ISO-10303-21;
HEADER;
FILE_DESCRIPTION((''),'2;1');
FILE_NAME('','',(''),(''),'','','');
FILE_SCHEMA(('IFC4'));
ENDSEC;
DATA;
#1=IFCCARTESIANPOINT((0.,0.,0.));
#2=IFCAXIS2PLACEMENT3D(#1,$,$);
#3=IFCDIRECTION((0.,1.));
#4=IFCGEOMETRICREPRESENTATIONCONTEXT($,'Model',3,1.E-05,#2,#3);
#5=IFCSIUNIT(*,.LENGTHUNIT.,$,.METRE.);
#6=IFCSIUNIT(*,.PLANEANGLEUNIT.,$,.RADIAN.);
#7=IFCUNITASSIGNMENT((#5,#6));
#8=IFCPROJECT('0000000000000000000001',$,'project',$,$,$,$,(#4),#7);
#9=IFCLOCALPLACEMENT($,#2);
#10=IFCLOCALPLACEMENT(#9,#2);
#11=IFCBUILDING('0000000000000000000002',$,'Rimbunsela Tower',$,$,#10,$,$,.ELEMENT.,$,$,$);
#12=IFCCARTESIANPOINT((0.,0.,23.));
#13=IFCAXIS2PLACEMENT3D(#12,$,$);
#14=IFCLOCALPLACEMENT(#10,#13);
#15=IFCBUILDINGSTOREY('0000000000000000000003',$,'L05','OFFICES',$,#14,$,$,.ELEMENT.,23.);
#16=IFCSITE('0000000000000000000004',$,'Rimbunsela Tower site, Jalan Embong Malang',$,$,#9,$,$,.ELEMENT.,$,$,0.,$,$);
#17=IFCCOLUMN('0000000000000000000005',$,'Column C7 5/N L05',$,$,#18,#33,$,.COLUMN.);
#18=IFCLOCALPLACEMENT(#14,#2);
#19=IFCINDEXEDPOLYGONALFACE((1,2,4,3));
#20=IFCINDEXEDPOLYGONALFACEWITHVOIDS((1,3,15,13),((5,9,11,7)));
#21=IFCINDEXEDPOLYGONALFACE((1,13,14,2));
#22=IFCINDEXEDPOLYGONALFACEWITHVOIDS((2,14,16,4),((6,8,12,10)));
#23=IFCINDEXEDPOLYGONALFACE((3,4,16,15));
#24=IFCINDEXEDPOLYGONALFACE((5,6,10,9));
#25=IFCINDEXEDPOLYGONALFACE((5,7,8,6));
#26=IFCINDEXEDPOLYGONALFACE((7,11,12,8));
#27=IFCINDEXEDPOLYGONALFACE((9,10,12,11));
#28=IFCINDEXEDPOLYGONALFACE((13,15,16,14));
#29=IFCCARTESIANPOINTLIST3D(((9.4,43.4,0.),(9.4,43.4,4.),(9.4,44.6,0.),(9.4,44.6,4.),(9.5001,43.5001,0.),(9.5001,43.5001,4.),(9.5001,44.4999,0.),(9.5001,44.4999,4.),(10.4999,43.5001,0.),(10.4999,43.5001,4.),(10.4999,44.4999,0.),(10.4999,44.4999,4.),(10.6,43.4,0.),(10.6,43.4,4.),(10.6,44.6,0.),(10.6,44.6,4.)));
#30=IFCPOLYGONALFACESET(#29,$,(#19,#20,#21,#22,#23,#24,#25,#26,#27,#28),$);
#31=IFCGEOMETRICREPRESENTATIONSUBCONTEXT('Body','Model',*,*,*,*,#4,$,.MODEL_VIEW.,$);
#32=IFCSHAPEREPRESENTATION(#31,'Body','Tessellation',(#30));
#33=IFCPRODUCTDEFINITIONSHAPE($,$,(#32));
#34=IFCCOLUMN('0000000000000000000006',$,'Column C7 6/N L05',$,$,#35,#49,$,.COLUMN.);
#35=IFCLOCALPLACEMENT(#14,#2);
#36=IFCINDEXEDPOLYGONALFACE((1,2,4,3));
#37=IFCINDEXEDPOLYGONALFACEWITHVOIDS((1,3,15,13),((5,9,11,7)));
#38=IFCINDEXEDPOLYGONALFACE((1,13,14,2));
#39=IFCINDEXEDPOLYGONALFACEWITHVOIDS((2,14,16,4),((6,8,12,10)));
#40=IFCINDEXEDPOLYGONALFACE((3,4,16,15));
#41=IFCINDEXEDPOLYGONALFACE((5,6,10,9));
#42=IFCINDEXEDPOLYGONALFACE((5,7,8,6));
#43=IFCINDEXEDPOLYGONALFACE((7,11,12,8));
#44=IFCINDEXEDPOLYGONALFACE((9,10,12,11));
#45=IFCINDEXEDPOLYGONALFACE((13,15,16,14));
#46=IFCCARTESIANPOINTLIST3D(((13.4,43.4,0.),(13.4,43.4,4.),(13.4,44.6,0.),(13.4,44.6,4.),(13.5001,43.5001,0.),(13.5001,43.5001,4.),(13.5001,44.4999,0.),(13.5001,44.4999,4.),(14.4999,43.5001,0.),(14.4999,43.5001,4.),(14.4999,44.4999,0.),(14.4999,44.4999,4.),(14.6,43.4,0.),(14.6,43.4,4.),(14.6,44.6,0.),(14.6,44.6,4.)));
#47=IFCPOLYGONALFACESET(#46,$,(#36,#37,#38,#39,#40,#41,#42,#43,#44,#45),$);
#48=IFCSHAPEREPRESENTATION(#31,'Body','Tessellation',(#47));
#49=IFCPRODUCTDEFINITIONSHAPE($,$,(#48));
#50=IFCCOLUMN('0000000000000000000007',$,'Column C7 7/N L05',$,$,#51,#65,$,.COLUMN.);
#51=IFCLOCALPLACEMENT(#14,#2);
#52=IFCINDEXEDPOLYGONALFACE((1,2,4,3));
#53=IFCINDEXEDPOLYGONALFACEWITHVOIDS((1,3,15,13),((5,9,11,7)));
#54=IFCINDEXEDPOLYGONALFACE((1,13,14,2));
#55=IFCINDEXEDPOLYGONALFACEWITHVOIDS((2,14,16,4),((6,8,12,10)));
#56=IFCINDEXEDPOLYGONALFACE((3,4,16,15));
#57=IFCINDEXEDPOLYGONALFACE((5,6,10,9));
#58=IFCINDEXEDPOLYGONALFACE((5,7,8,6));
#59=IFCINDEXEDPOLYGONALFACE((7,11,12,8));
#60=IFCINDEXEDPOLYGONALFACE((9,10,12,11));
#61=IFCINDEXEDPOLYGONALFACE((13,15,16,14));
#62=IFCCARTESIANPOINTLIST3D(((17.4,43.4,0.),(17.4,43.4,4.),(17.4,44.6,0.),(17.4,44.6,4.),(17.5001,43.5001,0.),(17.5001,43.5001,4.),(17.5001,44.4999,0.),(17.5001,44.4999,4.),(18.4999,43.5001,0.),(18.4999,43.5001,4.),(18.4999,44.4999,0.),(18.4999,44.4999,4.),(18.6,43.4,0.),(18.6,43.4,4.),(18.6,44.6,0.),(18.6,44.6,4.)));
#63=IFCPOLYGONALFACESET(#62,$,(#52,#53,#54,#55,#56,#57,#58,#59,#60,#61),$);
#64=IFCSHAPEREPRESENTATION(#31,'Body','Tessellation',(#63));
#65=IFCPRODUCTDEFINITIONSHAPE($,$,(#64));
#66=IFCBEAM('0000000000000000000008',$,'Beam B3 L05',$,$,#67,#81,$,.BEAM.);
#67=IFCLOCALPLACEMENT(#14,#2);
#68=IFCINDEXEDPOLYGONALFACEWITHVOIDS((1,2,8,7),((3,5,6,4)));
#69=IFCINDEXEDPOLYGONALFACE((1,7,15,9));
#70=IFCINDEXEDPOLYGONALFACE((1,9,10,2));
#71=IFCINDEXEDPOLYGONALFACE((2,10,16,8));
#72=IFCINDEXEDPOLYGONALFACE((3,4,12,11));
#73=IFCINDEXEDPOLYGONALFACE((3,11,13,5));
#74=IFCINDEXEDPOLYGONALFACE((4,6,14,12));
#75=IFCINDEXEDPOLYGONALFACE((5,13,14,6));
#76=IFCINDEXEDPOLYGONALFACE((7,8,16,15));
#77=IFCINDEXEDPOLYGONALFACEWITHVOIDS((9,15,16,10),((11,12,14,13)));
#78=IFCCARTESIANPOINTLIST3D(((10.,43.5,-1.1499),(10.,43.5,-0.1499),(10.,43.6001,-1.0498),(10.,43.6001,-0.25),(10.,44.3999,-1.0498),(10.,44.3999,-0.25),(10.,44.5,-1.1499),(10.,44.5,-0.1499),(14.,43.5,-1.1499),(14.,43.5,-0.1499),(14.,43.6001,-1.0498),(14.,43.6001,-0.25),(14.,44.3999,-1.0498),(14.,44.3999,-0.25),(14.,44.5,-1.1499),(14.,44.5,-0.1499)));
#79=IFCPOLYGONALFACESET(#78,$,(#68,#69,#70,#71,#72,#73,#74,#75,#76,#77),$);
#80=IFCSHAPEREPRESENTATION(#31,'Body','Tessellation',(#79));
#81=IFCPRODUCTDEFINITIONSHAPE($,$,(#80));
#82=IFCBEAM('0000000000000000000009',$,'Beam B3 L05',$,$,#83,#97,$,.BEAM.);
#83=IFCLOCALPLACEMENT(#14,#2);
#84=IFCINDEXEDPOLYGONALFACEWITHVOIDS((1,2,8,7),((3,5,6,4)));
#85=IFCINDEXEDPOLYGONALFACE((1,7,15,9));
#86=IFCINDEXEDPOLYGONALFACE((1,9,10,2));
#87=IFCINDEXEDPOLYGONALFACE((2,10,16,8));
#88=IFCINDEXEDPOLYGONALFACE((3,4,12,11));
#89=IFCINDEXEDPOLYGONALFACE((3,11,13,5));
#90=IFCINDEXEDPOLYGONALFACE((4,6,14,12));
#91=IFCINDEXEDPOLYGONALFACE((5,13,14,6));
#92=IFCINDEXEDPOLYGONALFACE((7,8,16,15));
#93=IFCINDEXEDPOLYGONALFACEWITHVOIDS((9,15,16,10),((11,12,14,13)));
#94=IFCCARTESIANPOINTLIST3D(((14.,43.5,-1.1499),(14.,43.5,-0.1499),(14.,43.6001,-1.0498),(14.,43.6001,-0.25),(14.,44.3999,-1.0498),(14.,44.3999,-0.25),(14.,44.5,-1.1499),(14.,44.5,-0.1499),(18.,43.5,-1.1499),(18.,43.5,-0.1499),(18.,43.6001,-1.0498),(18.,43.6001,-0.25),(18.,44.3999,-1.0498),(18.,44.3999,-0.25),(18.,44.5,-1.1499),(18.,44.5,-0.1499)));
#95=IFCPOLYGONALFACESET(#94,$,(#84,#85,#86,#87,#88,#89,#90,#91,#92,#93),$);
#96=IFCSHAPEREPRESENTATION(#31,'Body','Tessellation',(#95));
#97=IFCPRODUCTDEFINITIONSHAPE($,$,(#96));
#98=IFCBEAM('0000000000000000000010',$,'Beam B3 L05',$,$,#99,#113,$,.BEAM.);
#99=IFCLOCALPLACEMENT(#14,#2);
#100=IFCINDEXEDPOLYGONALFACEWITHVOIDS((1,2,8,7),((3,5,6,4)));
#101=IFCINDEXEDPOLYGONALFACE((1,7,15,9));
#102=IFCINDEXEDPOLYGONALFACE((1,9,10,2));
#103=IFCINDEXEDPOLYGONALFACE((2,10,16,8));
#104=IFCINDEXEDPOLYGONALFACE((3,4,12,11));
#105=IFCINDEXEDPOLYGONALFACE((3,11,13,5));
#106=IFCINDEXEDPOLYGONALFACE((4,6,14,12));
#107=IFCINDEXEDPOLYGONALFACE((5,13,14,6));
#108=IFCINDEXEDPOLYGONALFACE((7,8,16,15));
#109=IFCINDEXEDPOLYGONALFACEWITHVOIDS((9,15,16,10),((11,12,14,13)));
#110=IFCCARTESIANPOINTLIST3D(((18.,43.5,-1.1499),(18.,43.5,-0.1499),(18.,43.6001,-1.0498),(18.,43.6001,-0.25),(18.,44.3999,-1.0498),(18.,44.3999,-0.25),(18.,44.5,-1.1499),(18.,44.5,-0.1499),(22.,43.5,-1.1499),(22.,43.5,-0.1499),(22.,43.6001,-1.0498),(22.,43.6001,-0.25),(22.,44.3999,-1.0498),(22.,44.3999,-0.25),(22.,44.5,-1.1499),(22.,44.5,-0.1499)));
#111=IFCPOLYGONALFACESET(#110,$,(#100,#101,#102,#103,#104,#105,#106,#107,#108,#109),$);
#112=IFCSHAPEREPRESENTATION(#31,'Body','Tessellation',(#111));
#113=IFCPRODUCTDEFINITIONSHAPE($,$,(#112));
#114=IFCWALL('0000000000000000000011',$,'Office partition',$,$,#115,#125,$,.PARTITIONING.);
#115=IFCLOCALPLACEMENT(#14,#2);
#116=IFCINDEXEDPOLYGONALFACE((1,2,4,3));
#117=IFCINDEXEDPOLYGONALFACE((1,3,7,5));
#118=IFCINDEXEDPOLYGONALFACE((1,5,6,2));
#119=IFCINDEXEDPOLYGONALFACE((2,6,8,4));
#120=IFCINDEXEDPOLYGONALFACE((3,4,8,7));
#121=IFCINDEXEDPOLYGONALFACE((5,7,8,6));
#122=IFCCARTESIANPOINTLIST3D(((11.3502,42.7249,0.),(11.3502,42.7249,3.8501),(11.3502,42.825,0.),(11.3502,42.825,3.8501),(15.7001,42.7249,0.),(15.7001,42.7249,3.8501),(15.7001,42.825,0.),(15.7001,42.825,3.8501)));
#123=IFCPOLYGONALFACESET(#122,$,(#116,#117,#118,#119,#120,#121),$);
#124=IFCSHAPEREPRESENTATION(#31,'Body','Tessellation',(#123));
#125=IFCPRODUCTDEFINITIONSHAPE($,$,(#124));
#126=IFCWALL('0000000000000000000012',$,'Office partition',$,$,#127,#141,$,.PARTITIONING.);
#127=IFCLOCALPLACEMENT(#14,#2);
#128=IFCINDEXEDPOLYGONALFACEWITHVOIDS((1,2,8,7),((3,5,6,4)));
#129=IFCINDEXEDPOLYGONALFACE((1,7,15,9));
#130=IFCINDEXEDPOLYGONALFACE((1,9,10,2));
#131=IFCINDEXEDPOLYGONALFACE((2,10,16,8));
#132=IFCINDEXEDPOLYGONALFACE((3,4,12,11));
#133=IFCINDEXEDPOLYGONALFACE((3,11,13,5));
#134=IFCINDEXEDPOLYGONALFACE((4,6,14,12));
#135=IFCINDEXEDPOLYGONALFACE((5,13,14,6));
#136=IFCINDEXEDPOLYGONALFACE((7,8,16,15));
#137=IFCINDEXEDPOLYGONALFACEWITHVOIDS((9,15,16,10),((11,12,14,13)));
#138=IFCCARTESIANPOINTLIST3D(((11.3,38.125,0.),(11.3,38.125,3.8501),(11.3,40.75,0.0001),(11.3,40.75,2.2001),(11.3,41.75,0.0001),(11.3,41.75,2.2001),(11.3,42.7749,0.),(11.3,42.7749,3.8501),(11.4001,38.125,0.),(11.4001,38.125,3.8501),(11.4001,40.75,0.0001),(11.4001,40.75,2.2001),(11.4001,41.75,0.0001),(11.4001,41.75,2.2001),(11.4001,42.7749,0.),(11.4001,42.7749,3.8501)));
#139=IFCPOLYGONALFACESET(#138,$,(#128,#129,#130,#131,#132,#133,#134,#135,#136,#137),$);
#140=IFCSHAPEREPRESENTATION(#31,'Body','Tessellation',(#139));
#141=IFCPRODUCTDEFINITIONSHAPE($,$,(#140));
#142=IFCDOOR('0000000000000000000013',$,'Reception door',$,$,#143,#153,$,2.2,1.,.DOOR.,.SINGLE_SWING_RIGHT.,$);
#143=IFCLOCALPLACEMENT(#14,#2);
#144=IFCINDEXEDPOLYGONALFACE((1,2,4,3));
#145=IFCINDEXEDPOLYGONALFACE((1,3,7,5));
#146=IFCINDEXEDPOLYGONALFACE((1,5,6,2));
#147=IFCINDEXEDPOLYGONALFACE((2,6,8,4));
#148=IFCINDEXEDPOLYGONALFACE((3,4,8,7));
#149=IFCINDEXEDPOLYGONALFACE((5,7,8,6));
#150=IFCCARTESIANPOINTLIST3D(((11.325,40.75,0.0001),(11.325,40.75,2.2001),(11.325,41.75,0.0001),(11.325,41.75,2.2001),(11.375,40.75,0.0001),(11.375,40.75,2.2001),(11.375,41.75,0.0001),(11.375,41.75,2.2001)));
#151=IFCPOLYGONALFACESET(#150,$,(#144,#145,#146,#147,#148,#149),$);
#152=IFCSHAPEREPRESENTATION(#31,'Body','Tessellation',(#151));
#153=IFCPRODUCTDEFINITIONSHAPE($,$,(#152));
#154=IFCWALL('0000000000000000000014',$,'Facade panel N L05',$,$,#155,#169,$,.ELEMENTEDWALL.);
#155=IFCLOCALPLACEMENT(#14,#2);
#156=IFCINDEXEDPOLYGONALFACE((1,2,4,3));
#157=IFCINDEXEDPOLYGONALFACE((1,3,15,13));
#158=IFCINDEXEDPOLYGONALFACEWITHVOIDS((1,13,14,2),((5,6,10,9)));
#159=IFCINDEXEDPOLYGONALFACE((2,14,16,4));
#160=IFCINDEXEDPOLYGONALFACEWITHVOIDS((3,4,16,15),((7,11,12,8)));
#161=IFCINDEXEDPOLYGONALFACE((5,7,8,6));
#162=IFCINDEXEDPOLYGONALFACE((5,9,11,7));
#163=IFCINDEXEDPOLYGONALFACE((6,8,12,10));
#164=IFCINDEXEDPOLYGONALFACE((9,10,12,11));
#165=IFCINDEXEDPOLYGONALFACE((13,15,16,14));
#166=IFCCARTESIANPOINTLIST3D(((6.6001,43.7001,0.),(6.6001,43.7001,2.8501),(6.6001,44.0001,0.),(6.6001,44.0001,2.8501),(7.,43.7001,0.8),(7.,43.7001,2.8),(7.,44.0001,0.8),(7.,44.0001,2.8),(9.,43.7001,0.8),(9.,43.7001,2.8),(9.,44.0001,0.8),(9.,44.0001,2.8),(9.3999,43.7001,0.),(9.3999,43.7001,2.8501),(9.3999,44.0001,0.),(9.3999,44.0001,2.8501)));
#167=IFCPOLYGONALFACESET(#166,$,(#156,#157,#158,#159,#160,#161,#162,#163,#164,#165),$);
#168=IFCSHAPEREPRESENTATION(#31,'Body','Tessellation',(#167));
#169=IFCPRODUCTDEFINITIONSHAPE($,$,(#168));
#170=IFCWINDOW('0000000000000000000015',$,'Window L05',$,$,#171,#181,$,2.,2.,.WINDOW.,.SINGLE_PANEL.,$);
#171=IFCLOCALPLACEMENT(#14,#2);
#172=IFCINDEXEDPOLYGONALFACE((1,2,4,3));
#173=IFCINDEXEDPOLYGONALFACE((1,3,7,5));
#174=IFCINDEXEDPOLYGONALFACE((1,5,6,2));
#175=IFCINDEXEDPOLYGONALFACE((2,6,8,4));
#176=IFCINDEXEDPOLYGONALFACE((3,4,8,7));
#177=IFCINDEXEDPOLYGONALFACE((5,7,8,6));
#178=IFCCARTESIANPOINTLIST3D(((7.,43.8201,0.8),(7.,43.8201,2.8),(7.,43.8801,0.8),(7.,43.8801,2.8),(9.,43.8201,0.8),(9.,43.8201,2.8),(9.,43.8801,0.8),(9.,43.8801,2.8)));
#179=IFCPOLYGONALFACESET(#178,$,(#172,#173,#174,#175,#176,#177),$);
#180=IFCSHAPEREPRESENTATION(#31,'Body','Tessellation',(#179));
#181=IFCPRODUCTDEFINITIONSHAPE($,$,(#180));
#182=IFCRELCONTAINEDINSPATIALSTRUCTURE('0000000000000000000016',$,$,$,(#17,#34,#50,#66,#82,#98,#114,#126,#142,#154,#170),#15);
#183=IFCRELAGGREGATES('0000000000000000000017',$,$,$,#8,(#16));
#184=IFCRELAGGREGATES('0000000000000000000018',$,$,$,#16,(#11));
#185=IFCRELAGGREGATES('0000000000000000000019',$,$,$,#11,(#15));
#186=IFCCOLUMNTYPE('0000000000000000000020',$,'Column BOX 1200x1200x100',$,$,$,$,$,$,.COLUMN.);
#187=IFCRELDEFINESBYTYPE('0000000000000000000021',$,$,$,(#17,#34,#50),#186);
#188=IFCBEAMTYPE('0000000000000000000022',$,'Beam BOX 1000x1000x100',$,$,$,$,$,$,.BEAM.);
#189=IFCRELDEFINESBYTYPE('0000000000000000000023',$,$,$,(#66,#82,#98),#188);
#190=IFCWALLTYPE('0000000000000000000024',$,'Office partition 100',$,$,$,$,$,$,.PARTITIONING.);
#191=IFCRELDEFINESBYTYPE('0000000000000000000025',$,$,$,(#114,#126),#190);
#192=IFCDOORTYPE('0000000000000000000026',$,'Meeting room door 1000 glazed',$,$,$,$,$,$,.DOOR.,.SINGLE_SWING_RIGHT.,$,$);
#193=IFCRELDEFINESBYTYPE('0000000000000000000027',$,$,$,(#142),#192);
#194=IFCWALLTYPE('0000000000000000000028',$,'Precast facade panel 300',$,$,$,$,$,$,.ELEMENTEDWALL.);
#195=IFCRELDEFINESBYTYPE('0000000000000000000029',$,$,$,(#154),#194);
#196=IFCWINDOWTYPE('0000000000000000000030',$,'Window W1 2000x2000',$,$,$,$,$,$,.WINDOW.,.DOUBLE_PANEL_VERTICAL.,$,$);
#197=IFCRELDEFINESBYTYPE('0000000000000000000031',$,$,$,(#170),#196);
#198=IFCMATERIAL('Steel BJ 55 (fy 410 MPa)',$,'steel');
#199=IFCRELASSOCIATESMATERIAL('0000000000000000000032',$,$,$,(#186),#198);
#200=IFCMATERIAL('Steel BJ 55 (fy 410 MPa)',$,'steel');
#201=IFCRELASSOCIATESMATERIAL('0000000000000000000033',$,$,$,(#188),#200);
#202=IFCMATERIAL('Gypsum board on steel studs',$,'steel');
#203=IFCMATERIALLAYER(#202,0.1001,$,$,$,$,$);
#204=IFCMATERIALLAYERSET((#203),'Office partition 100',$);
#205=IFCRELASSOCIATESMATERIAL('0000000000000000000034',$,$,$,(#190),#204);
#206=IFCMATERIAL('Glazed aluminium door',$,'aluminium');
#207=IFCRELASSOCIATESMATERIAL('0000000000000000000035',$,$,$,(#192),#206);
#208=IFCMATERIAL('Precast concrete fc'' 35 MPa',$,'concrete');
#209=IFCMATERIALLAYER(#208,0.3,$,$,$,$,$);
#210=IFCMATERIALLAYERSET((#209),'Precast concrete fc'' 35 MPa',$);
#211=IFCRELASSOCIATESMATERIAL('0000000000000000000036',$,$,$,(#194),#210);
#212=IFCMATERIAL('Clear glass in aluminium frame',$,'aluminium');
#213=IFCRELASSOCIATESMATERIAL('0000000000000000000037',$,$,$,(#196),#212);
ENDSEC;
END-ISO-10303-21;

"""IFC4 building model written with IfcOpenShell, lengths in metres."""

from ifc_helpers import new_model, si_unit, direction, frame, frame_2d, origin, origin_2d, place, context, subcontext, project, spatial, rectangle, hollow_rectangle, extrude, material, layer, layer_set, material_profile, profile_set, type_object, element, fill, save


model = new_model("IFC4")

# Units and contexts
model_context = context("Model", 3, precision=1e-05, world=origin(), true_north=direction((0.0, 1.0)))
body_context = subcontext(model_context, "Body", "Model", "MODEL_VIEW")
ifc_project = project(units=[si_unit("LENGTHUNIT", "METRE"), si_unit("PLANEANGLEUNIT", "RADIAN")], contexts=[model_context])

# Site, building, storey
site_placement = place(None, origin())
site = spatial("IfcSite", under=ifc_project, at=site_placement, Name="Rimbunsela Tower site, Jalan Embong Malang", CompositionType="ELEMENT", RefElevation=0.0)
building_placement = place(site_placement, origin())
building = spatial("IfcBuilding", under=site, at=building_placement, Name="Rimbunsela Tower", CompositionType="ELEMENT")
storey_placement = place(building_placement, frame((0.0, 0.0, 23.0)))
storey = spatial("IfcBuildingStorey", under=building, at=storey_placement, Name="L05", Description="OFFICES", CompositionType="ELEMENT", Elevation=23.0)

# Columns
ifc_material_1 = material(Name="Steel BJ 55 (fy 410 MPa)", Category="steel")
ifc_material_profile_1 = material_profile(ifc_material_1, hollow_rectangle(XDim=1.2, YDim=1.2, WallThickness=0.1001, at=origin_2d()), Name="BOX 1200x1200x100")
ifc_profile_set_1 = profile_set([ifc_material_profile_1], Name="Steel BJ 55 (fy 410 MPa)")
column_type = type_object("IfcColumnType", Name="Column BOX 1200x1200x100", PredefinedType="COLUMN", material=ifc_profile_set_1)
for number, where, z_axis, x_axis, name in (
    (1, (10.0, 44.0, 0.0), (0.0, 0.0, 1.0), (1.0, 0.0, 0.0), "Column C7 5/N L05"),
    (2, (14.0, 44.0, 0.0), (0.0, 0.0, 1.0), (1.0, 0.0, 0.0), "Column C7 6/N L05"),
    (3, (18.0, 44.0, 0.0), (0.0, 0.0, 1.0), (1.0, 0.0, 0.0), "Column C7 7/N L05"),
):
    element("IfcColumn", number, at=place(storey_placement, frame(where, z_axis=z_axis, x_axis=x_axis)), inside=storey, type_object=column_type, Name=name, PredefinedType="COLUMN", context=body_context, shape_type="SweptSolid", body=[
        extrude(hollow_rectangle(XDim=1.2, YDim=1.2, WallThickness=0.1001, at=origin_2d()), origin(), (0.0, 0.0, 1.0), 4.0),
    ])

# Beams
ifc_material_2 = material(Name="Steel BJ 55 (fy 410 MPa)", Category="steel")
ifc_material_profile_2 = material_profile(ifc_material_2, hollow_rectangle(XDim=1.0, YDim=1.0, WallThickness=0.1001, at=origin_2d()), Name="BOX 1000x1000x100")
ifc_profile_set_2 = profile_set([ifc_material_profile_2], Name="Steel BJ 55 (fy 410 MPa)")
beam_type = type_object("IfcBeamType", Name="Beam BOX 1000x1000x100", PredefinedType="BEAM", material=ifc_profile_set_2)
for number, where, z_axis, x_axis, name in (
    (4, (10.0, 44.0, -0.6499), (1.0, 0.0, 0.0), (0.0, 1.0, 0.0), "Beam B3 L05"),
    (5, (14.0, 44.0, -0.6499), (1.0, 0.0, 0.0), (0.0, 1.0, 0.0), "Beam B3 L05"),
    (6, (18.0, 44.0, -0.6499), (1.0, 0.0, 0.0), (0.0, 1.0, 0.0), "Beam B3 L05"),
):
    element("IfcBeam", number, at=place(storey_placement, frame(where, z_axis=z_axis, x_axis=x_axis)), inside=storey, type_object=beam_type, Name=name, PredefinedType="BEAM", context=body_context, shape_type="SweptSolid", body=[
        extrude(hollow_rectangle(XDim=1.0, YDim=1.0, WallThickness=0.1001, at=origin_2d()), origin(), (0.0, 0.0, 1.0), 4.0),
    ])

# Wall
ifc_material_3 = material(Name="Gypsum board on steel studs", Category="steel")
ifc_layer_1 = layer(ifc_material_3, 0.1001)
ifc_layer_set_1 = layer_set([ifc_layer_1], Name="Office partition 100")
wall_type_1 = type_object("IfcWallType", Name="Office partition 100", PredefinedType="PARTITIONING", material=ifc_layer_set_1)
wall_1_placement = place(storey_placement, frame((15.7, 42.7749, 0.0), z_axis=(0.0, 0.0, 1.0), x_axis=(-1.0, 0.0, 0.0)))
element("IfcWall", 7, at=wall_1_placement, inside=storey, type_object=wall_type_1, Name="Office partition", PredefinedType="PARTITIONING", context=body_context, shape_type="SweptSolid", body=[
    extrude(rectangle(XDim=4.3499, YDim=0.1001, at=frame_2d((2.1748, 0.0))), origin(), (0.0, 0.0, 1.0), 3.8501),
])

# Wall, opening, door
wall_2_placement = place(storey_placement, frame((11.3501, 42.7749, 0.0), z_axis=(0.0, 0.0, 1.0), x_axis=(0.0, -1.0, 0.0)))
wall_2 = element("IfcWall", 8, at=wall_2_placement, inside=storey, type_object=wall_type_1, Name="Office partition", PredefinedType="PARTITIONING", context=body_context, shape_type="SweptSolid", body=[
    extrude(rectangle(XDim=4.6499, YDim=0.1001, at=frame_2d((2.325, 0.0))), origin(), (0.0, 0.0, 1.0), 3.8501),
])
opening_1_placement = place(wall_2_placement, frame((1.0249, 0.0, 0.0)))
opening_1 = element("IfcOpeningElement", 9, at=opening_1_placement, cuts=wall_2, PredefinedType="OPENING", context=body_context, shape_type="SweptSolid", body=[
    extrude(rectangle(XDim=1.0, YDim=2.2, at=frame_2d((0.5, 1.1001))), frame((0.0, 0.0601, 0.0), z_axis=(0.0, -1.0, 0.0), x_axis=(1.0, 0.0, 0.0)), (0.0, 0.0, 1.0), 0.1201),
])
ifc_material_4 = material(Name="Glazed aluminium door", Category="aluminium")
door_type = type_object("IfcDoorType", Name="Meeting room door 1000 glazed", OperationType="SINGLE_SWING_RIGHT", PredefinedType="DOOR", material=ifc_material_4)
door_placement = place(opening_1_placement, origin())
door = element("IfcDoor", 10, at=door_placement, inside=storey, type_object=door_type, Name="Reception door", OperationType="SINGLE_SWING_RIGHT", OverallHeight=2.2, OverallWidth=1.0, PredefinedType="DOOR", context=body_context, shape_type="SweptSolid", body=[
    extrude(rectangle(XDim=1.0, YDim=2.2, at=frame_2d((0.5, 1.1001))), frame((0.0, 0.0249, 0.0), z_axis=(0.0, -1.0, 0.0), x_axis=(1.0, 0.0, 0.0)), (0.0, 0.0, 1.0), 0.05),
])
fill(opening_1, door)

# Wall, opening, window
ifc_material_5 = material(Name="Precast concrete fc' 35 MPa", Category="concrete")
ifc_layer_2 = layer(ifc_material_5, 0.3)
ifc_layer_set_2 = layer_set([ifc_layer_2], Name="Precast concrete fc' 35 MPa")
wall_type_2 = type_object("IfcWallType", Name="Precast facade panel 300", PredefinedType="ELEMENTEDWALL", material=ifc_layer_set_2)
wall_3_placement = place(storey_placement, frame((9.3999, 43.8501, 0.0), z_axis=(0.0, 0.0, 1.0), x_axis=(-1.0, 0.0, 0.0)))
wall_3 = element("IfcWall", 11, at=wall_3_placement, inside=storey, type_object=wall_type_2, Name="Facade panel N L05", PredefinedType="ELEMENTEDWALL", context=body_context, shape_type="SweptSolid", body=[
    extrude(rectangle(XDim=2.7998, YDim=0.3, at=frame_2d((1.3999, 0.0))), origin(), (0.0, 0.0, 1.0), 2.8501),
])
opening_2_placement = place(wall_3_placement, frame((0.3999, 0.0, 0.8)))
opening_2 = element("IfcOpeningElement", 12, at=opening_2_placement, cuts=wall_3, PredefinedType="OPENING", context=body_context, shape_type="SweptSolid", body=[
    extrude(rectangle(XDim=2.0, YDim=2.0, at=frame_2d((1.0, 1.0))), frame((0.0, 0.1599, 0.0), z_axis=(0.0, -1.0, 0.0), x_axis=(1.0, 0.0, 0.0)), (0.0, 0.0, 1.0), 0.3201),
])
ifc_material_6 = material(Name="Clear glass in aluminium frame", Category="aluminium")
window_type = type_object("IfcWindowType", Name="Window W1 2000x2000", PartitioningType="DOUBLE_PANEL_VERTICAL", PredefinedType="WINDOW", material=ifc_material_6)
window_1_placement = place(opening_2_placement, origin())
window_1 = element("IfcWindow", 13, at=window_1_placement, inside=storey, type_object=window_type, Name="Window L05", OverallHeight=2.0, OverallWidth=2.0, PartitioningType="SINGLE_PANEL", PredefinedType="WINDOW", context=body_context, shape_type="SweptSolid", body=[
    extrude(rectangle(XDim=2.0, YDim=2.0, at=frame_2d((1.0, 1.0))), frame((0.0, 0.03, 0.0), z_axis=(0.0, -1.0, 0.0), x_axis=(1.0, 0.0, 0.0)), (0.0, 0.0, 1.0), 0.0601),
])
fill(opening_2, window_1)

save(model, "model.ifc")
